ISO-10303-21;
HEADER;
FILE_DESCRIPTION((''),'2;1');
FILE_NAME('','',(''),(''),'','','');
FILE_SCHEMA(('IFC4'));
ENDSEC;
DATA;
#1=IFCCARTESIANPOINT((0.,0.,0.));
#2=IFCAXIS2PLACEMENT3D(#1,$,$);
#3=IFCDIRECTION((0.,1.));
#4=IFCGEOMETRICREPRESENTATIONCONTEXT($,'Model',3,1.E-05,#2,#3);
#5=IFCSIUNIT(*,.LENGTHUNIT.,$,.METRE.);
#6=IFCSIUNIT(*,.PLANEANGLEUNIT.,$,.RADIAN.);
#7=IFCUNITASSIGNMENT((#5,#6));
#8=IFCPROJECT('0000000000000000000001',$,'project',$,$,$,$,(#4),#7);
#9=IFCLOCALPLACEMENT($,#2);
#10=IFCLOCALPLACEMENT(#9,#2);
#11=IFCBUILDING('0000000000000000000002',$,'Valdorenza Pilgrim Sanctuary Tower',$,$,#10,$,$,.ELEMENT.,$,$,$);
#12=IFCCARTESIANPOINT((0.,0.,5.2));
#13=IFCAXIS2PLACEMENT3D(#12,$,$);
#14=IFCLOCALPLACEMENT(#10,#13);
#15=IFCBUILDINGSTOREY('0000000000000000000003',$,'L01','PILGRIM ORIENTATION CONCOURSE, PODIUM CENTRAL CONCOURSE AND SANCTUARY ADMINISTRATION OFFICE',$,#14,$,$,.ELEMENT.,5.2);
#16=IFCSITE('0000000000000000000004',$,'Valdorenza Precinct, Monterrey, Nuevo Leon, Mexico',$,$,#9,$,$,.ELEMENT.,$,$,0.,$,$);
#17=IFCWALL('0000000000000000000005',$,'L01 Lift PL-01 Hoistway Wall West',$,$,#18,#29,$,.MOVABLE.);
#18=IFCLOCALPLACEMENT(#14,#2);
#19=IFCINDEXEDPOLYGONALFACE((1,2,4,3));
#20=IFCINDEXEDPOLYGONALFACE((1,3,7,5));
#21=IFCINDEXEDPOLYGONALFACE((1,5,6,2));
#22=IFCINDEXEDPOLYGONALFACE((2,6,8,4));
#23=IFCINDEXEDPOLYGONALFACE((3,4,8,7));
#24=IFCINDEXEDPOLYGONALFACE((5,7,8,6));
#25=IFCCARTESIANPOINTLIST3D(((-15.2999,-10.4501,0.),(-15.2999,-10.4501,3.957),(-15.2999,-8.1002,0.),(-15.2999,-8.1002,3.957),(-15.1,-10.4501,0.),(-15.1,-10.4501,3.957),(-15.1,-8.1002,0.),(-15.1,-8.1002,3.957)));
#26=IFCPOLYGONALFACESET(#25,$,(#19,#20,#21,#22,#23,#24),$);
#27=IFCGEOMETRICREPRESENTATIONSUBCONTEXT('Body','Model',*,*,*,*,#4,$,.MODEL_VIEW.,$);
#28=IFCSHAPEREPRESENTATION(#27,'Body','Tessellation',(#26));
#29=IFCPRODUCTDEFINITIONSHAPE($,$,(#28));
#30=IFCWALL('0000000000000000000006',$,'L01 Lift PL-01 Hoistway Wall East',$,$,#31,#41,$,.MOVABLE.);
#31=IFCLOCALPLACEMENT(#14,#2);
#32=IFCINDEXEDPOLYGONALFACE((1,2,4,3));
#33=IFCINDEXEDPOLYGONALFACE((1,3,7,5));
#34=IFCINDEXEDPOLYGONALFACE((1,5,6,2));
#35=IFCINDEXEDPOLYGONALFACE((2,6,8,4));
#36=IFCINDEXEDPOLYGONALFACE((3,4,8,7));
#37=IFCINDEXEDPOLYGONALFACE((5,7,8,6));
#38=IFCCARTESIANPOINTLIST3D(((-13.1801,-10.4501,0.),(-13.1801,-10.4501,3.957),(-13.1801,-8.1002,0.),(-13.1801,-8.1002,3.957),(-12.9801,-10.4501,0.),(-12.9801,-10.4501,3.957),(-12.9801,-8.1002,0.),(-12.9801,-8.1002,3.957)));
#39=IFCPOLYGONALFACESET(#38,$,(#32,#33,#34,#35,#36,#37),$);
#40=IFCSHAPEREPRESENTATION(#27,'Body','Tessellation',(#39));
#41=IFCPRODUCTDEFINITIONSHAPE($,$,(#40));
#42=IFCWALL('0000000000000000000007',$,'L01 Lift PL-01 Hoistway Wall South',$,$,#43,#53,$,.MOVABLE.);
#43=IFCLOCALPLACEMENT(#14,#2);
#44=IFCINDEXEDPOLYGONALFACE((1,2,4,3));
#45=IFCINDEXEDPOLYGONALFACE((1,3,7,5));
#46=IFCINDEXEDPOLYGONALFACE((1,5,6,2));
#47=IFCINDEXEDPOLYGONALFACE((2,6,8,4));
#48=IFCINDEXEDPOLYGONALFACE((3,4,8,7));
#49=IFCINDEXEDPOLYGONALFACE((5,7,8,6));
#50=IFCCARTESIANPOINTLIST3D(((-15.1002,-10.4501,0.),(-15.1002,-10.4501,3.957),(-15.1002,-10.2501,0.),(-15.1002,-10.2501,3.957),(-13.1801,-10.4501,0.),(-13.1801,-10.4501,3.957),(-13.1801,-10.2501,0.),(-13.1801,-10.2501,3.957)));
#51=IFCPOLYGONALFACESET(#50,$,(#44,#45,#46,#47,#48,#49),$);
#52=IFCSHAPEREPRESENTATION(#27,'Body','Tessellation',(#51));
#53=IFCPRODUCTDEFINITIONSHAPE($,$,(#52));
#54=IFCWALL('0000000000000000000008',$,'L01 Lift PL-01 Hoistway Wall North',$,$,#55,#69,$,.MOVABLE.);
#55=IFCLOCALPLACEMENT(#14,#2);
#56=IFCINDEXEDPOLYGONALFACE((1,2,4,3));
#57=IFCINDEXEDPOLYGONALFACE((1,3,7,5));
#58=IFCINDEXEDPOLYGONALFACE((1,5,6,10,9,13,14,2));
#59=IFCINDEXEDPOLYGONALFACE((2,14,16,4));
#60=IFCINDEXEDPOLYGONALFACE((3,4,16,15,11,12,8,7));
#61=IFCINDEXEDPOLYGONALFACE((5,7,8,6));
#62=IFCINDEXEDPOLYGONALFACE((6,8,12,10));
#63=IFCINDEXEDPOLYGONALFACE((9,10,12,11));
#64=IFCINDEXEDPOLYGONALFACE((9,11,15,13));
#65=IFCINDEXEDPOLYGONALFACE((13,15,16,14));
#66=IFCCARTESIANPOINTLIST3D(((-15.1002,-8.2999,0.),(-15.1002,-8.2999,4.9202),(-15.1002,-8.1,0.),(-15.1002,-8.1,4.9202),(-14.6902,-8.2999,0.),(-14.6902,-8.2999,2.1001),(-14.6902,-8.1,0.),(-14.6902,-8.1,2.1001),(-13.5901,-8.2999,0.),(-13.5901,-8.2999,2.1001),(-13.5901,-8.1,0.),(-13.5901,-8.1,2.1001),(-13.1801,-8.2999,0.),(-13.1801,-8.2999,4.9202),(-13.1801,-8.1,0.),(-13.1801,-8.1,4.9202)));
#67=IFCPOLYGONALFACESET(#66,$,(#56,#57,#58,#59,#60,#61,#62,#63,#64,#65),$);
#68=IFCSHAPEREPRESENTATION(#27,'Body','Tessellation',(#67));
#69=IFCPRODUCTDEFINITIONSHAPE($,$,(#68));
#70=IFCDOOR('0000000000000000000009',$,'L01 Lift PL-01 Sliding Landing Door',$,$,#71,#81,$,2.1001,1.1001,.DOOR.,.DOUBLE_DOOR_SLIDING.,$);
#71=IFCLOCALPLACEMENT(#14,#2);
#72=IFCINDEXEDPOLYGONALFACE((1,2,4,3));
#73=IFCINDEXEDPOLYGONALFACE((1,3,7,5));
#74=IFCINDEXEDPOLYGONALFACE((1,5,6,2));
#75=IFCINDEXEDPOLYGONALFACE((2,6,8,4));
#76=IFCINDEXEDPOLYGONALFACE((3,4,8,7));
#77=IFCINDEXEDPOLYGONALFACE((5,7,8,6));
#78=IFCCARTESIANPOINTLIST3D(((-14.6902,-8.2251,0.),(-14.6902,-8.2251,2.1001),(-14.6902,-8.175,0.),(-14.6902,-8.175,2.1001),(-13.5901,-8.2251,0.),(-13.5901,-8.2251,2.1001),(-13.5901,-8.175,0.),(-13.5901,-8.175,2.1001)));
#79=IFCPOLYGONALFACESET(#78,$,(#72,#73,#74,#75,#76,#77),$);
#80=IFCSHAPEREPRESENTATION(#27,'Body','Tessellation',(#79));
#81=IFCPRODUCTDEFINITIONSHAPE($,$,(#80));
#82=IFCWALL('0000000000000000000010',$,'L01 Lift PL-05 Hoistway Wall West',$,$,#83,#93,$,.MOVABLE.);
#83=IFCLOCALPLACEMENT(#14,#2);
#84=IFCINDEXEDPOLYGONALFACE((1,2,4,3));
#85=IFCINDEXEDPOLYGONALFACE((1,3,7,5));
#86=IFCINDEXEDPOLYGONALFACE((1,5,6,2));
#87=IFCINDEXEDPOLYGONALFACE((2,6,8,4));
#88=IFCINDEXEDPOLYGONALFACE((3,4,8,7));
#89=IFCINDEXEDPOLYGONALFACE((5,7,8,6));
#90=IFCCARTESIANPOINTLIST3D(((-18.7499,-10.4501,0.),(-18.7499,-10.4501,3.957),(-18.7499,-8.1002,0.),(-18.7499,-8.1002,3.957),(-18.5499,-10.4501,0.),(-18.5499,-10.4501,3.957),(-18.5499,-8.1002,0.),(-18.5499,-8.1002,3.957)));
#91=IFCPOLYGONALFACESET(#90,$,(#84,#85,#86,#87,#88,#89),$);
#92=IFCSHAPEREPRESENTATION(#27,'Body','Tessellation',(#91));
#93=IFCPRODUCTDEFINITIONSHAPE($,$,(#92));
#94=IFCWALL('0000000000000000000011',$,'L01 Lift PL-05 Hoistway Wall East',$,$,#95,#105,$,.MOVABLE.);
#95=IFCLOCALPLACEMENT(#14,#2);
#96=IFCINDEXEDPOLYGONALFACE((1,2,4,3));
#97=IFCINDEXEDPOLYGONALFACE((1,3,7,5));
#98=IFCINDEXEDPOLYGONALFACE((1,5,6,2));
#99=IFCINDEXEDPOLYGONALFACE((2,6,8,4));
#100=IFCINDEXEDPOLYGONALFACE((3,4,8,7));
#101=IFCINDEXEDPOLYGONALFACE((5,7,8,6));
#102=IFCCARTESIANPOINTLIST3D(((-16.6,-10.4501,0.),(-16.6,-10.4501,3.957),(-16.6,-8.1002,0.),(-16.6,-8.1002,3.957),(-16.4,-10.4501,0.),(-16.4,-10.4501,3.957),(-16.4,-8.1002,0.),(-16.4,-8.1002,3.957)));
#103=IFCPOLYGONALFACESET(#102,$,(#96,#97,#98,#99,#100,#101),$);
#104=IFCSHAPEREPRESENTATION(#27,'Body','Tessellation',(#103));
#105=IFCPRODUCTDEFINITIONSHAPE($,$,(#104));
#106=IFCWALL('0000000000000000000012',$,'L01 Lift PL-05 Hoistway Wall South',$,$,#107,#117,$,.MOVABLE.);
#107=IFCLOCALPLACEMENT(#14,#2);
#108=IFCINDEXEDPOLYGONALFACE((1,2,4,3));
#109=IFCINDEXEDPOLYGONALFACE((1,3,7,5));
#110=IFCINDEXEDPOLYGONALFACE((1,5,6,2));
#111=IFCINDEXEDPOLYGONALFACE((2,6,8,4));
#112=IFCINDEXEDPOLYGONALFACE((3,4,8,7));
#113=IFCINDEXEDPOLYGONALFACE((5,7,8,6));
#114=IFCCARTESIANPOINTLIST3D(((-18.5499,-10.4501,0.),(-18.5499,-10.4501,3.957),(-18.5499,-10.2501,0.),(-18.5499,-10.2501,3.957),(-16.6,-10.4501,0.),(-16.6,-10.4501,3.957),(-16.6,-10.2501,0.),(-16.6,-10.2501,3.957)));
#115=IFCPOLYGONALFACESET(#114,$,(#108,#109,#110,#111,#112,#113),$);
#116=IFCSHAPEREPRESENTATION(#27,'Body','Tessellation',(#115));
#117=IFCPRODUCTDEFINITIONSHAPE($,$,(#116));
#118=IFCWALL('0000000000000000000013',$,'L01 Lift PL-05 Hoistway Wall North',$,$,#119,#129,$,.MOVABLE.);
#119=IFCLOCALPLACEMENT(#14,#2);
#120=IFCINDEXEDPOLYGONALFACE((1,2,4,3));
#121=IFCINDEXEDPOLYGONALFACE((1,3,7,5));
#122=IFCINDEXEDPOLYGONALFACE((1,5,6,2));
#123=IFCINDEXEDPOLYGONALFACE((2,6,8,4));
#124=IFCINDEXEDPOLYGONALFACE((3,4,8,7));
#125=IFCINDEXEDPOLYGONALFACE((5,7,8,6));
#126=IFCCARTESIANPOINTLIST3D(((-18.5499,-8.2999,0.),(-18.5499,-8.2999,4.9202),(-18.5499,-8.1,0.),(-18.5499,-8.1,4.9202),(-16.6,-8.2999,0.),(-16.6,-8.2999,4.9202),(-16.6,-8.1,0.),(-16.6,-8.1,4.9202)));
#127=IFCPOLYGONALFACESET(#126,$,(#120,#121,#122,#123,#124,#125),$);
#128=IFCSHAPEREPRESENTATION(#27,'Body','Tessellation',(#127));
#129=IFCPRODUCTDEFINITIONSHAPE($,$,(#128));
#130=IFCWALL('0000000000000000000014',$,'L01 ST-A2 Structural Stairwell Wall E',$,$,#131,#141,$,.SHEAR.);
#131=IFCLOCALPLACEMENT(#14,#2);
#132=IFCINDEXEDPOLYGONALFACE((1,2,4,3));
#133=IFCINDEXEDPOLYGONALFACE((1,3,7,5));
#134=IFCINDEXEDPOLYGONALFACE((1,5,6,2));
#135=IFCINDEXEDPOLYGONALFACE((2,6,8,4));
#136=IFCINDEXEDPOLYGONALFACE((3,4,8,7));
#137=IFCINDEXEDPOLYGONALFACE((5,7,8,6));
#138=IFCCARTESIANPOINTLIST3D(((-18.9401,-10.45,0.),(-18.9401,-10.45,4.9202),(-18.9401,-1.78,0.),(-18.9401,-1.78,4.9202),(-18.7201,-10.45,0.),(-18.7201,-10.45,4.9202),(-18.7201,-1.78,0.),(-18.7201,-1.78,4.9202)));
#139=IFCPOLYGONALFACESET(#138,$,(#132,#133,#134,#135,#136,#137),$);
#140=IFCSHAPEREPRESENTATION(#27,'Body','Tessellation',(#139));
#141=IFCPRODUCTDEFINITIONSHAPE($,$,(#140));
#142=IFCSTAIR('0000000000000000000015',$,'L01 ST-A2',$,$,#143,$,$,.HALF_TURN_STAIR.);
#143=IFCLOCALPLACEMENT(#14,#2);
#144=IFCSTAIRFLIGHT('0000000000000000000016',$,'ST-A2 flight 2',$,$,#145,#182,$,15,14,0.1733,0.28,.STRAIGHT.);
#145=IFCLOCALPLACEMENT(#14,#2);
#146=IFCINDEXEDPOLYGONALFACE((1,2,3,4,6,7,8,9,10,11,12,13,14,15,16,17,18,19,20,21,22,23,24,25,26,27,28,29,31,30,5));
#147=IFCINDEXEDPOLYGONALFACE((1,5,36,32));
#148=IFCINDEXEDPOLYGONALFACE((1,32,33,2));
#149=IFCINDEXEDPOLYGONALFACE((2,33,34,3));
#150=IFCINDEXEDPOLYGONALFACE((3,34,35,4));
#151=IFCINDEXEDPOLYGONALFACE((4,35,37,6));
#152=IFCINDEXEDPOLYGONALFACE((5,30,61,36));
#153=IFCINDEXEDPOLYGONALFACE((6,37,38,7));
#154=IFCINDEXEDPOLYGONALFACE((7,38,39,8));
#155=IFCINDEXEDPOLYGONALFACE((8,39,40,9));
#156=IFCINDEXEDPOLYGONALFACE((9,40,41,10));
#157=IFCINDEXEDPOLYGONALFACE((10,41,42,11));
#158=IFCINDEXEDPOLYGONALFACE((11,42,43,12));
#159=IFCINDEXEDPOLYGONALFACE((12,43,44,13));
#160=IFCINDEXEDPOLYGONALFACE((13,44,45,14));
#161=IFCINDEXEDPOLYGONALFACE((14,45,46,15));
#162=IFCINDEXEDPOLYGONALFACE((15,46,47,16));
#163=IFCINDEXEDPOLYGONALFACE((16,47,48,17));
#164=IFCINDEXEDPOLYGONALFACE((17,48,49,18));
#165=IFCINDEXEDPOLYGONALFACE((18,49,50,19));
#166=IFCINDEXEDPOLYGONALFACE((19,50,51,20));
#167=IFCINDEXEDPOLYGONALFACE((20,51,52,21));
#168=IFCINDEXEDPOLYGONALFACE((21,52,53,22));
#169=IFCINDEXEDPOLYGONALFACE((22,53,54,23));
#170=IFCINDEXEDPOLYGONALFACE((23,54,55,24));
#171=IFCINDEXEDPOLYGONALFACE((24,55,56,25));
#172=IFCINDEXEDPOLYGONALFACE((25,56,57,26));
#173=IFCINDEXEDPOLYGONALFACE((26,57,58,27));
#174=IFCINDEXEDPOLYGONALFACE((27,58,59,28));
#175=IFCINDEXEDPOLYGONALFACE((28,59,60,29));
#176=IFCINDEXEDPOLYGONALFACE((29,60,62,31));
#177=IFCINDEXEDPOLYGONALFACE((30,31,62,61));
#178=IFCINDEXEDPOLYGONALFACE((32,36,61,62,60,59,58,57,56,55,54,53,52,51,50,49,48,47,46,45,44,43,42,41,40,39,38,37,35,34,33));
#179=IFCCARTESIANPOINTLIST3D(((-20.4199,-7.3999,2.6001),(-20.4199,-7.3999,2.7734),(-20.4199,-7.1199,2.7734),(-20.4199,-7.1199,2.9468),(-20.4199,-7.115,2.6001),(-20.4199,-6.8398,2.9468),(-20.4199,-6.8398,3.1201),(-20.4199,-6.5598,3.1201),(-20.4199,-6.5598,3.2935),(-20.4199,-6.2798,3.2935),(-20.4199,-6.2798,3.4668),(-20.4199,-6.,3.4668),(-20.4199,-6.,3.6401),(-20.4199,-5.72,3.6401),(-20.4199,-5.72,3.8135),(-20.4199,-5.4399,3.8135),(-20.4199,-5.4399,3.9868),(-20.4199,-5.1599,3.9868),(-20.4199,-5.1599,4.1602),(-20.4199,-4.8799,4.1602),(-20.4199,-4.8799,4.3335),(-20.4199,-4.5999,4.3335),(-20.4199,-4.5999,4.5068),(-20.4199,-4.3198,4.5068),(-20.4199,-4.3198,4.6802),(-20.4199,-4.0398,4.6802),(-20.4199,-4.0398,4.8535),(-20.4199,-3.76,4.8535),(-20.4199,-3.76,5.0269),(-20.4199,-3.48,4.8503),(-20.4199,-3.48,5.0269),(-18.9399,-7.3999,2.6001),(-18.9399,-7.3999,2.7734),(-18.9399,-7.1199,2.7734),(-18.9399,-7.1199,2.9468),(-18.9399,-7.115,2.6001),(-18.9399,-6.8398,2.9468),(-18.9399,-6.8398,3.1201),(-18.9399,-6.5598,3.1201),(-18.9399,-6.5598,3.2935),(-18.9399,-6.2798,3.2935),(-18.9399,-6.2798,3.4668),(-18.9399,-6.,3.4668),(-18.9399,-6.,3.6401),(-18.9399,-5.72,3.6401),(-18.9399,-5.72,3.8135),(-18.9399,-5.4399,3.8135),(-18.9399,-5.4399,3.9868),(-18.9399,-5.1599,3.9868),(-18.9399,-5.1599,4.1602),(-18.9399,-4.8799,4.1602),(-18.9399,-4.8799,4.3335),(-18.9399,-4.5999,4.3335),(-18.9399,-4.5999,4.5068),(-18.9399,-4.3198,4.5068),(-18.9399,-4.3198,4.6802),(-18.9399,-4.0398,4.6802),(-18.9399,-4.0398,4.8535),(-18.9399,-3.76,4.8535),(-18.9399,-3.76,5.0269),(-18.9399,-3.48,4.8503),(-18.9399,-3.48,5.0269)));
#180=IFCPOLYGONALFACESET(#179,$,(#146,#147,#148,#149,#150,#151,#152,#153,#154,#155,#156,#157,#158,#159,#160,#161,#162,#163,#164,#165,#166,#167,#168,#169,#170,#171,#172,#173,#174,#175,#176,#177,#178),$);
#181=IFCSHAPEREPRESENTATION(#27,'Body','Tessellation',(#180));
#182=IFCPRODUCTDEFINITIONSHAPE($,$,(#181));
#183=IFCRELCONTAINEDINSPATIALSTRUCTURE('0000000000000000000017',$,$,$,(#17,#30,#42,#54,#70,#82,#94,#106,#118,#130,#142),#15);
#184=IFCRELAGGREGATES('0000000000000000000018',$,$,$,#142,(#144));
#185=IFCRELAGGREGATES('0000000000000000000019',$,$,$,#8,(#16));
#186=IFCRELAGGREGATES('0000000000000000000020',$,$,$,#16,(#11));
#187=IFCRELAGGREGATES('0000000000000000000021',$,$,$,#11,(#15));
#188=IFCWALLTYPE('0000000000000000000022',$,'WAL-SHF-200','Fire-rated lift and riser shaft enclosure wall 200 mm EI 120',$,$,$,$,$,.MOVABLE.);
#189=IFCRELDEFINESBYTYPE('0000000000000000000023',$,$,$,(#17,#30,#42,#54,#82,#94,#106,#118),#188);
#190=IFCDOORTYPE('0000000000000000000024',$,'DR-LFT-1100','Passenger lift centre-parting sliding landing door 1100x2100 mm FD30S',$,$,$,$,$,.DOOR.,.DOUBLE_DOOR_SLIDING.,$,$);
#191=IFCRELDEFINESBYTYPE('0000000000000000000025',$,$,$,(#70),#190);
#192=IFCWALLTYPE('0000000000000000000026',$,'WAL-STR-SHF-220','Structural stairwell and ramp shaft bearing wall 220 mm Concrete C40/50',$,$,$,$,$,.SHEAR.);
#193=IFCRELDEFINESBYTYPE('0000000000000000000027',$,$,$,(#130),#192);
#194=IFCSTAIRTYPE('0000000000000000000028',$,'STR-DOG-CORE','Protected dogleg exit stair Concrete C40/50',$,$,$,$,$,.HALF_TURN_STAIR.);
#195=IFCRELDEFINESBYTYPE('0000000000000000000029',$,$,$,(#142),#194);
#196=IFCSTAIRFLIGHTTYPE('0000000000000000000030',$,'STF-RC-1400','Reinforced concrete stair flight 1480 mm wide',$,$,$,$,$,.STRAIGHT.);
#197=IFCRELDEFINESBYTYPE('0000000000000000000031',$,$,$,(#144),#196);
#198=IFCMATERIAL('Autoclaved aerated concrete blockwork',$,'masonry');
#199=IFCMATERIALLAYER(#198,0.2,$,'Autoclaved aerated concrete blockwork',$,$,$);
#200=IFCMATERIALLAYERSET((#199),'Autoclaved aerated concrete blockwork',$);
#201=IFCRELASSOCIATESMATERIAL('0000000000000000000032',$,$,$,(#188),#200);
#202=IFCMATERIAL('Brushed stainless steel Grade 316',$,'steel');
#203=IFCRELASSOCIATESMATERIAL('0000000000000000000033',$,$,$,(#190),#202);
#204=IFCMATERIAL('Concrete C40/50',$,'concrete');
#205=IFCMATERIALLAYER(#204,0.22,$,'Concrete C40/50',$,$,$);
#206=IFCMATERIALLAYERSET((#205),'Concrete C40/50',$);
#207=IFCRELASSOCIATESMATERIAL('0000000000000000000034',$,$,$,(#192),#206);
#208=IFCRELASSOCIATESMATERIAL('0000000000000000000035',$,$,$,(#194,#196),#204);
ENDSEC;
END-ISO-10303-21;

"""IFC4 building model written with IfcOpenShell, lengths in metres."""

from ifc_helpers import new_model, si_unit, direction, frame, frame_2d, origin, place, context, subcontext, project, spatial, polyline, rectangle, outline, extrude, material, layer, layer_set, type_object, element, fill, aggregate, save


model = new_model("IFC4")

# Units and contexts
model_context = context("Model", 3, precision=1e-05, world=origin(), true_north=direction((0.0, 1.0)))
body_context = subcontext(model_context, "Body", "Model", "MODEL_VIEW")
ifc_project = project(units=[si_unit("LENGTHUNIT", "METRE"), si_unit("PLANEANGLEUNIT", "RADIAN")], contexts=[model_context])

# Site, building, storey
site_placement = place(None, origin())
site = spatial("IfcSite", under=ifc_project, at=site_placement, Name="Valdorenza Precinct, Monterrey, Nuevo Leon, Mexico", CompositionType="ELEMENT", RefElevation=0.0)
building_placement = place(site_placement, origin())
building = spatial("IfcBuilding", under=site, at=building_placement, Name="Valdorenza Pilgrim Sanctuary Tower", CompositionType="ELEMENT")
storey_placement = place(building_placement, frame((0.0, 0.0, 5.2)))
storey = spatial("IfcBuildingStorey", under=building, at=storey_placement, Name="L01", Description="PILGRIM ORIENTATION CONCOURSE, PODIUM CENTRAL CONCOURSE AND SANCTUARY ADMINISTRATION OFFICE", CompositionType="ELEMENT", Elevation=5.2)

# Walls
ifc_material_1 = material(Name="Autoclaved aerated concrete blockwork", Category="masonry")
ifc_layer_1 = layer(ifc_material_1, 0.2, Name="Autoclaved aerated concrete blockwork")
ifc_layer_set_1 = layer_set([ifc_layer_1], Name="Autoclaved aerated concrete blockwork")
wall_type_1 = type_object("IfcWallType", Name="WAL-SHF-200", Description="Fire-rated lift and riser shaft enclosure wall 200 mm EI 120", PredefinedType="MOVABLE", material=ifc_layer_set_1)
for number, where, z_axis, x_axis, name in (
    (1, (-15.2, -10.45, 0.0), (0.0, 0.0, 1.0), (0.0, 1.0, 0.0), "L01 Lift PL-01 Hoistway Wall West"),
    (2, (-13.0801, -10.45, 0.0), (0.0, 0.0, 1.0), (0.0, 1.0, 0.0), "L01 Lift PL-01 Hoistway Wall East"),
):
    element("IfcWall", number, at=place(storey_placement, frame(where, z_axis=z_axis, x_axis=x_axis)), inside=storey, type_object=wall_type_1, Name=name, PredefinedType="MOVABLE", context=body_context, shape_type="SweptSolid", body=[
        extrude(rectangle(XDim=2.3499, YDim=0.2, at=frame_2d((1.1748, 0.0))), origin(), (0.0, 0.0, 1.0), 3.957),
    ])
wall_1_placement = place(storey_placement, frame((-15.1001, -10.3501, 0.0), z_axis=(0.0, 0.0, 1.0), x_axis=(1.0, 0.0, 0.0)))
element("IfcWall", 3, at=wall_1_placement, inside=storey, type_object=wall_type_1, Name="L01 Lift PL-01 Hoistway Wall South", PredefinedType="MOVABLE", context=body_context, shape_type="SweptSolid", body=[
    extrude(rectangle(XDim=1.9202, YDim=0.2, at=frame_2d((0.96, 0.0))), origin(), (0.0, 0.0, 1.0), 3.957),
])

# Wall, opening, door
wall_2_placement = place(storey_placement, frame((-15.1001, -8.2, 0.0), z_axis=(0.0, 0.0, 1.0), x_axis=(1.0, 0.0, 0.0)))
wall_2 = element("IfcWall", 4, at=wall_2_placement, inside=storey, type_object=wall_type_1, Name="L01 Lift PL-01 Hoistway Wall North", PredefinedType="MOVABLE", context=body_context, shape_type="SweptSolid", body=[
    extrude(rectangle(XDim=1.9202, YDim=0.2, at=frame_2d((0.96, 0.0))), origin(), (0.0, 0.0, 1.0), 4.9202),
])
opening_placement = place(wall_2_placement, frame((0.4099, 0.0, 0.0)))
opening = element("IfcOpeningElement", 5, at=opening_placement, cuts=wall_2, PredefinedType="OPENING", context=body_context, shape_type="SweptSolid", body=[
    extrude(rectangle(XDim=1.1001, YDim=2.1001, at=frame_2d((0.55, 1.05))), frame((0.0, 0.1147, 0.0), z_axis=(0.0, -1.0, 0.0), x_axis=(1.0, 0.0, 0.0)), (0.0, 0.0, 1.0), 0.2297),
])
ifc_material_2 = material(Name="Brushed stainless steel Grade 316", Category="steel")
door_type = type_object("IfcDoorType", Name="DR-LFT-1100", Description="Passenger lift centre-parting sliding landing door 1100x2100 mm FD30S", OperationType="DOUBLE_DOOR_SLIDING", PredefinedType="DOOR", material=ifc_material_2)
door_placement = place(opening_placement, origin())
door = element("IfcDoor", 6, at=door_placement, inside=storey, type_object=door_type, Name="L01 Lift PL-01 Sliding Landing Door", OperationType="DOUBLE_DOOR_SLIDING", OverallHeight=2.1001, OverallWidth=1.1001, PredefinedType="DOOR", context=body_context, shape_type="SweptSolid", body=[
    extrude(rectangle(XDim=1.1001, YDim=2.1001, at=frame_2d((0.55, 1.05))), frame((0.0, 0.0249, 0.0), z_axis=(0.0, -1.0, 0.0), x_axis=(1.0, 0.0, 0.0)), (0.0, 0.0, 1.0), 0.05),
])
fill(opening, door)

# Walls
for number, where, z_axis, x_axis, name in (
    (7, (-18.6499, -10.45, 0.0), (0.0, 0.0, 1.0), (0.0, 1.0, 0.0), "L01 Lift PL-05 Hoistway Wall West"),
    (8, (-16.5, -10.45, 0.0), (0.0, 0.0, 1.0), (0.0, 1.0, 0.0), "L01 Lift PL-05 Hoistway Wall East"),
):
    element("IfcWall", number, at=place(storey_placement, frame(where, z_axis=z_axis, x_axis=x_axis)), inside=storey, type_object=wall_type_1, Name=name, PredefinedType="MOVABLE", context=body_context, shape_type="SweptSolid", body=[
        extrude(rectangle(XDim=2.3499, YDim=0.2, at=frame_2d((1.1748, 0.0))), origin(), (0.0, 0.0, 1.0), 3.957),
    ])
wall_3_placement = place(storey_placement, frame((-18.55, -10.3501, 0.0), z_axis=(0.0, 0.0, 1.0), x_axis=(1.0, 0.0, 0.0)))
element("IfcWall", 9, at=wall_3_placement, inside=storey, type_object=wall_type_1, Name="L01 Lift PL-05 Hoistway Wall South", PredefinedType="MOVABLE", context=body_context, shape_type="SweptSolid", body=[
    extrude(rectangle(XDim=1.95, YDim=0.2, at=frame_2d((0.9751, 0.0))), origin(), (0.0, 0.0, 1.0), 3.957),
])
wall_4_placement = place(storey_placement, frame((-18.55, -8.2, 0.0), z_axis=(0.0, 0.0, 1.0), x_axis=(1.0, 0.0, 0.0)))
element("IfcWall", 10, at=wall_4_placement, inside=storey, type_object=wall_type_1, Name="L01 Lift PL-05 Hoistway Wall North", PredefinedType="MOVABLE", context=body_context, shape_type="SweptSolid", body=[
    extrude(rectangle(XDim=1.95, YDim=0.2, at=frame_2d((0.9751, 0.0))), origin(), (0.0, 0.0, 1.0), 4.9202),
])
ifc_material_3 = material(Name="Concrete C40/50", Category="concrete")
ifc_layer_2 = layer(ifc_material_3, 0.22, Name="Concrete C40/50")
ifc_layer_set_2 = layer_set([ifc_layer_2], Name="Concrete C40/50")
wall_type_2 = type_object("IfcWallType", Name="WAL-STR-SHF-220", Description="Structural stairwell and ramp shaft bearing wall 220 mm Concrete C40/50", PredefinedType="SHEAR", material=ifc_layer_set_2)
wall_5_placement = place(storey_placement, frame((-18.8301, -10.45, 0.0), z_axis=(0.0, 0.0, 1.0), x_axis=(0.0, 1.0, 0.0)))
element("IfcWall", 11, at=wall_5_placement, inside=storey, type_object=wall_type_2, Name="L01 ST-A2 Structural Stairwell Wall E", PredefinedType="SHEAR", context=body_context, shape_type="SweptSolid", body=[
    extrude(rectangle(XDim=8.6699, YDim=0.22, at=frame_2d((4.335, 0.0))), origin(), (0.0, 0.0, 1.0), 4.9202),
])

# Stair, stair flight
stair_type = type_object("IfcStairType", Name="STR-DOG-CORE", Description="Protected dogleg exit stair Concrete C40/50", PredefinedType="HALF_TURN_STAIR", material=ifc_material_3)
stair_placement = place(storey_placement, origin())
stair = element("IfcStair", 12, at=stair_placement, inside=storey, type_object=stair_type, Name="L01 ST-A2", PredefinedType="HALF_TURN_STAIR")
stair_flight_type = type_object("IfcStairFlightType", Name="STF-RC-1400", Description="Reinforced concrete stair flight 1480 mm wide", PredefinedType="STRAIGHT", material=ifc_material_3)
stair_flight_placement = place(storey_placement, frame((-19.6799, -7.3999, 2.6001), z_axis=(0.0, 0.0, 1.0), x_axis=(0.0, 1.0, 0.0)))
stair_flight = element("IfcStairFlight", 13, at=stair_flight_placement, type_object=stair_flight_type, Name="ST-A2 flight 2", NumberOfRisers=15, NumberOfTreads=14, PredefinedType="STRAIGHT", RiserHeight=0.1733, TreadLength=0.28, context=body_context, shape_type="SweptSolid", body=[
    extrude(outline(polyline([(0.0, 0.0), (0.0, 0.1733), (0.28, 0.1733), (0.28, 0.3467), (0.5601, 0.3467), (0.5601, 0.52), (0.8401, 0.52), (0.8401, 0.6934), (1.1201, 0.6934), (1.1201, 0.8667), (1.3999, 0.8667), (1.3999, 1.04), (1.6799, 1.04), (1.6799, 1.2134), (1.96, 1.2134), (1.96, 1.3867), (2.24, 1.3867), (2.24, 1.5601), (2.52, 1.5601), (2.52, 1.7334), (2.8, 1.7334), (2.8, 1.9067), (3.0801, 1.9067), (3.0801, 2.0801), (3.3601, 2.0801), (3.3601, 2.2534), (3.6399, 2.2534), (3.6399, 2.4268), (3.9199, 2.4268), (3.9199, 2.6001), (3.9199, 2.2502), (0.2849, 0.0), (0.0, 0.0)])), frame((0.0, 0.74, 0.0), z_axis=(0.0, -1.0, 0.0), x_axis=(1.0, 0.0, 0.0)), (0.0, 0.0, 1.0), 1.48),
])
aggregate(stair, [stair_flight])

save(model, "model.ifc")
